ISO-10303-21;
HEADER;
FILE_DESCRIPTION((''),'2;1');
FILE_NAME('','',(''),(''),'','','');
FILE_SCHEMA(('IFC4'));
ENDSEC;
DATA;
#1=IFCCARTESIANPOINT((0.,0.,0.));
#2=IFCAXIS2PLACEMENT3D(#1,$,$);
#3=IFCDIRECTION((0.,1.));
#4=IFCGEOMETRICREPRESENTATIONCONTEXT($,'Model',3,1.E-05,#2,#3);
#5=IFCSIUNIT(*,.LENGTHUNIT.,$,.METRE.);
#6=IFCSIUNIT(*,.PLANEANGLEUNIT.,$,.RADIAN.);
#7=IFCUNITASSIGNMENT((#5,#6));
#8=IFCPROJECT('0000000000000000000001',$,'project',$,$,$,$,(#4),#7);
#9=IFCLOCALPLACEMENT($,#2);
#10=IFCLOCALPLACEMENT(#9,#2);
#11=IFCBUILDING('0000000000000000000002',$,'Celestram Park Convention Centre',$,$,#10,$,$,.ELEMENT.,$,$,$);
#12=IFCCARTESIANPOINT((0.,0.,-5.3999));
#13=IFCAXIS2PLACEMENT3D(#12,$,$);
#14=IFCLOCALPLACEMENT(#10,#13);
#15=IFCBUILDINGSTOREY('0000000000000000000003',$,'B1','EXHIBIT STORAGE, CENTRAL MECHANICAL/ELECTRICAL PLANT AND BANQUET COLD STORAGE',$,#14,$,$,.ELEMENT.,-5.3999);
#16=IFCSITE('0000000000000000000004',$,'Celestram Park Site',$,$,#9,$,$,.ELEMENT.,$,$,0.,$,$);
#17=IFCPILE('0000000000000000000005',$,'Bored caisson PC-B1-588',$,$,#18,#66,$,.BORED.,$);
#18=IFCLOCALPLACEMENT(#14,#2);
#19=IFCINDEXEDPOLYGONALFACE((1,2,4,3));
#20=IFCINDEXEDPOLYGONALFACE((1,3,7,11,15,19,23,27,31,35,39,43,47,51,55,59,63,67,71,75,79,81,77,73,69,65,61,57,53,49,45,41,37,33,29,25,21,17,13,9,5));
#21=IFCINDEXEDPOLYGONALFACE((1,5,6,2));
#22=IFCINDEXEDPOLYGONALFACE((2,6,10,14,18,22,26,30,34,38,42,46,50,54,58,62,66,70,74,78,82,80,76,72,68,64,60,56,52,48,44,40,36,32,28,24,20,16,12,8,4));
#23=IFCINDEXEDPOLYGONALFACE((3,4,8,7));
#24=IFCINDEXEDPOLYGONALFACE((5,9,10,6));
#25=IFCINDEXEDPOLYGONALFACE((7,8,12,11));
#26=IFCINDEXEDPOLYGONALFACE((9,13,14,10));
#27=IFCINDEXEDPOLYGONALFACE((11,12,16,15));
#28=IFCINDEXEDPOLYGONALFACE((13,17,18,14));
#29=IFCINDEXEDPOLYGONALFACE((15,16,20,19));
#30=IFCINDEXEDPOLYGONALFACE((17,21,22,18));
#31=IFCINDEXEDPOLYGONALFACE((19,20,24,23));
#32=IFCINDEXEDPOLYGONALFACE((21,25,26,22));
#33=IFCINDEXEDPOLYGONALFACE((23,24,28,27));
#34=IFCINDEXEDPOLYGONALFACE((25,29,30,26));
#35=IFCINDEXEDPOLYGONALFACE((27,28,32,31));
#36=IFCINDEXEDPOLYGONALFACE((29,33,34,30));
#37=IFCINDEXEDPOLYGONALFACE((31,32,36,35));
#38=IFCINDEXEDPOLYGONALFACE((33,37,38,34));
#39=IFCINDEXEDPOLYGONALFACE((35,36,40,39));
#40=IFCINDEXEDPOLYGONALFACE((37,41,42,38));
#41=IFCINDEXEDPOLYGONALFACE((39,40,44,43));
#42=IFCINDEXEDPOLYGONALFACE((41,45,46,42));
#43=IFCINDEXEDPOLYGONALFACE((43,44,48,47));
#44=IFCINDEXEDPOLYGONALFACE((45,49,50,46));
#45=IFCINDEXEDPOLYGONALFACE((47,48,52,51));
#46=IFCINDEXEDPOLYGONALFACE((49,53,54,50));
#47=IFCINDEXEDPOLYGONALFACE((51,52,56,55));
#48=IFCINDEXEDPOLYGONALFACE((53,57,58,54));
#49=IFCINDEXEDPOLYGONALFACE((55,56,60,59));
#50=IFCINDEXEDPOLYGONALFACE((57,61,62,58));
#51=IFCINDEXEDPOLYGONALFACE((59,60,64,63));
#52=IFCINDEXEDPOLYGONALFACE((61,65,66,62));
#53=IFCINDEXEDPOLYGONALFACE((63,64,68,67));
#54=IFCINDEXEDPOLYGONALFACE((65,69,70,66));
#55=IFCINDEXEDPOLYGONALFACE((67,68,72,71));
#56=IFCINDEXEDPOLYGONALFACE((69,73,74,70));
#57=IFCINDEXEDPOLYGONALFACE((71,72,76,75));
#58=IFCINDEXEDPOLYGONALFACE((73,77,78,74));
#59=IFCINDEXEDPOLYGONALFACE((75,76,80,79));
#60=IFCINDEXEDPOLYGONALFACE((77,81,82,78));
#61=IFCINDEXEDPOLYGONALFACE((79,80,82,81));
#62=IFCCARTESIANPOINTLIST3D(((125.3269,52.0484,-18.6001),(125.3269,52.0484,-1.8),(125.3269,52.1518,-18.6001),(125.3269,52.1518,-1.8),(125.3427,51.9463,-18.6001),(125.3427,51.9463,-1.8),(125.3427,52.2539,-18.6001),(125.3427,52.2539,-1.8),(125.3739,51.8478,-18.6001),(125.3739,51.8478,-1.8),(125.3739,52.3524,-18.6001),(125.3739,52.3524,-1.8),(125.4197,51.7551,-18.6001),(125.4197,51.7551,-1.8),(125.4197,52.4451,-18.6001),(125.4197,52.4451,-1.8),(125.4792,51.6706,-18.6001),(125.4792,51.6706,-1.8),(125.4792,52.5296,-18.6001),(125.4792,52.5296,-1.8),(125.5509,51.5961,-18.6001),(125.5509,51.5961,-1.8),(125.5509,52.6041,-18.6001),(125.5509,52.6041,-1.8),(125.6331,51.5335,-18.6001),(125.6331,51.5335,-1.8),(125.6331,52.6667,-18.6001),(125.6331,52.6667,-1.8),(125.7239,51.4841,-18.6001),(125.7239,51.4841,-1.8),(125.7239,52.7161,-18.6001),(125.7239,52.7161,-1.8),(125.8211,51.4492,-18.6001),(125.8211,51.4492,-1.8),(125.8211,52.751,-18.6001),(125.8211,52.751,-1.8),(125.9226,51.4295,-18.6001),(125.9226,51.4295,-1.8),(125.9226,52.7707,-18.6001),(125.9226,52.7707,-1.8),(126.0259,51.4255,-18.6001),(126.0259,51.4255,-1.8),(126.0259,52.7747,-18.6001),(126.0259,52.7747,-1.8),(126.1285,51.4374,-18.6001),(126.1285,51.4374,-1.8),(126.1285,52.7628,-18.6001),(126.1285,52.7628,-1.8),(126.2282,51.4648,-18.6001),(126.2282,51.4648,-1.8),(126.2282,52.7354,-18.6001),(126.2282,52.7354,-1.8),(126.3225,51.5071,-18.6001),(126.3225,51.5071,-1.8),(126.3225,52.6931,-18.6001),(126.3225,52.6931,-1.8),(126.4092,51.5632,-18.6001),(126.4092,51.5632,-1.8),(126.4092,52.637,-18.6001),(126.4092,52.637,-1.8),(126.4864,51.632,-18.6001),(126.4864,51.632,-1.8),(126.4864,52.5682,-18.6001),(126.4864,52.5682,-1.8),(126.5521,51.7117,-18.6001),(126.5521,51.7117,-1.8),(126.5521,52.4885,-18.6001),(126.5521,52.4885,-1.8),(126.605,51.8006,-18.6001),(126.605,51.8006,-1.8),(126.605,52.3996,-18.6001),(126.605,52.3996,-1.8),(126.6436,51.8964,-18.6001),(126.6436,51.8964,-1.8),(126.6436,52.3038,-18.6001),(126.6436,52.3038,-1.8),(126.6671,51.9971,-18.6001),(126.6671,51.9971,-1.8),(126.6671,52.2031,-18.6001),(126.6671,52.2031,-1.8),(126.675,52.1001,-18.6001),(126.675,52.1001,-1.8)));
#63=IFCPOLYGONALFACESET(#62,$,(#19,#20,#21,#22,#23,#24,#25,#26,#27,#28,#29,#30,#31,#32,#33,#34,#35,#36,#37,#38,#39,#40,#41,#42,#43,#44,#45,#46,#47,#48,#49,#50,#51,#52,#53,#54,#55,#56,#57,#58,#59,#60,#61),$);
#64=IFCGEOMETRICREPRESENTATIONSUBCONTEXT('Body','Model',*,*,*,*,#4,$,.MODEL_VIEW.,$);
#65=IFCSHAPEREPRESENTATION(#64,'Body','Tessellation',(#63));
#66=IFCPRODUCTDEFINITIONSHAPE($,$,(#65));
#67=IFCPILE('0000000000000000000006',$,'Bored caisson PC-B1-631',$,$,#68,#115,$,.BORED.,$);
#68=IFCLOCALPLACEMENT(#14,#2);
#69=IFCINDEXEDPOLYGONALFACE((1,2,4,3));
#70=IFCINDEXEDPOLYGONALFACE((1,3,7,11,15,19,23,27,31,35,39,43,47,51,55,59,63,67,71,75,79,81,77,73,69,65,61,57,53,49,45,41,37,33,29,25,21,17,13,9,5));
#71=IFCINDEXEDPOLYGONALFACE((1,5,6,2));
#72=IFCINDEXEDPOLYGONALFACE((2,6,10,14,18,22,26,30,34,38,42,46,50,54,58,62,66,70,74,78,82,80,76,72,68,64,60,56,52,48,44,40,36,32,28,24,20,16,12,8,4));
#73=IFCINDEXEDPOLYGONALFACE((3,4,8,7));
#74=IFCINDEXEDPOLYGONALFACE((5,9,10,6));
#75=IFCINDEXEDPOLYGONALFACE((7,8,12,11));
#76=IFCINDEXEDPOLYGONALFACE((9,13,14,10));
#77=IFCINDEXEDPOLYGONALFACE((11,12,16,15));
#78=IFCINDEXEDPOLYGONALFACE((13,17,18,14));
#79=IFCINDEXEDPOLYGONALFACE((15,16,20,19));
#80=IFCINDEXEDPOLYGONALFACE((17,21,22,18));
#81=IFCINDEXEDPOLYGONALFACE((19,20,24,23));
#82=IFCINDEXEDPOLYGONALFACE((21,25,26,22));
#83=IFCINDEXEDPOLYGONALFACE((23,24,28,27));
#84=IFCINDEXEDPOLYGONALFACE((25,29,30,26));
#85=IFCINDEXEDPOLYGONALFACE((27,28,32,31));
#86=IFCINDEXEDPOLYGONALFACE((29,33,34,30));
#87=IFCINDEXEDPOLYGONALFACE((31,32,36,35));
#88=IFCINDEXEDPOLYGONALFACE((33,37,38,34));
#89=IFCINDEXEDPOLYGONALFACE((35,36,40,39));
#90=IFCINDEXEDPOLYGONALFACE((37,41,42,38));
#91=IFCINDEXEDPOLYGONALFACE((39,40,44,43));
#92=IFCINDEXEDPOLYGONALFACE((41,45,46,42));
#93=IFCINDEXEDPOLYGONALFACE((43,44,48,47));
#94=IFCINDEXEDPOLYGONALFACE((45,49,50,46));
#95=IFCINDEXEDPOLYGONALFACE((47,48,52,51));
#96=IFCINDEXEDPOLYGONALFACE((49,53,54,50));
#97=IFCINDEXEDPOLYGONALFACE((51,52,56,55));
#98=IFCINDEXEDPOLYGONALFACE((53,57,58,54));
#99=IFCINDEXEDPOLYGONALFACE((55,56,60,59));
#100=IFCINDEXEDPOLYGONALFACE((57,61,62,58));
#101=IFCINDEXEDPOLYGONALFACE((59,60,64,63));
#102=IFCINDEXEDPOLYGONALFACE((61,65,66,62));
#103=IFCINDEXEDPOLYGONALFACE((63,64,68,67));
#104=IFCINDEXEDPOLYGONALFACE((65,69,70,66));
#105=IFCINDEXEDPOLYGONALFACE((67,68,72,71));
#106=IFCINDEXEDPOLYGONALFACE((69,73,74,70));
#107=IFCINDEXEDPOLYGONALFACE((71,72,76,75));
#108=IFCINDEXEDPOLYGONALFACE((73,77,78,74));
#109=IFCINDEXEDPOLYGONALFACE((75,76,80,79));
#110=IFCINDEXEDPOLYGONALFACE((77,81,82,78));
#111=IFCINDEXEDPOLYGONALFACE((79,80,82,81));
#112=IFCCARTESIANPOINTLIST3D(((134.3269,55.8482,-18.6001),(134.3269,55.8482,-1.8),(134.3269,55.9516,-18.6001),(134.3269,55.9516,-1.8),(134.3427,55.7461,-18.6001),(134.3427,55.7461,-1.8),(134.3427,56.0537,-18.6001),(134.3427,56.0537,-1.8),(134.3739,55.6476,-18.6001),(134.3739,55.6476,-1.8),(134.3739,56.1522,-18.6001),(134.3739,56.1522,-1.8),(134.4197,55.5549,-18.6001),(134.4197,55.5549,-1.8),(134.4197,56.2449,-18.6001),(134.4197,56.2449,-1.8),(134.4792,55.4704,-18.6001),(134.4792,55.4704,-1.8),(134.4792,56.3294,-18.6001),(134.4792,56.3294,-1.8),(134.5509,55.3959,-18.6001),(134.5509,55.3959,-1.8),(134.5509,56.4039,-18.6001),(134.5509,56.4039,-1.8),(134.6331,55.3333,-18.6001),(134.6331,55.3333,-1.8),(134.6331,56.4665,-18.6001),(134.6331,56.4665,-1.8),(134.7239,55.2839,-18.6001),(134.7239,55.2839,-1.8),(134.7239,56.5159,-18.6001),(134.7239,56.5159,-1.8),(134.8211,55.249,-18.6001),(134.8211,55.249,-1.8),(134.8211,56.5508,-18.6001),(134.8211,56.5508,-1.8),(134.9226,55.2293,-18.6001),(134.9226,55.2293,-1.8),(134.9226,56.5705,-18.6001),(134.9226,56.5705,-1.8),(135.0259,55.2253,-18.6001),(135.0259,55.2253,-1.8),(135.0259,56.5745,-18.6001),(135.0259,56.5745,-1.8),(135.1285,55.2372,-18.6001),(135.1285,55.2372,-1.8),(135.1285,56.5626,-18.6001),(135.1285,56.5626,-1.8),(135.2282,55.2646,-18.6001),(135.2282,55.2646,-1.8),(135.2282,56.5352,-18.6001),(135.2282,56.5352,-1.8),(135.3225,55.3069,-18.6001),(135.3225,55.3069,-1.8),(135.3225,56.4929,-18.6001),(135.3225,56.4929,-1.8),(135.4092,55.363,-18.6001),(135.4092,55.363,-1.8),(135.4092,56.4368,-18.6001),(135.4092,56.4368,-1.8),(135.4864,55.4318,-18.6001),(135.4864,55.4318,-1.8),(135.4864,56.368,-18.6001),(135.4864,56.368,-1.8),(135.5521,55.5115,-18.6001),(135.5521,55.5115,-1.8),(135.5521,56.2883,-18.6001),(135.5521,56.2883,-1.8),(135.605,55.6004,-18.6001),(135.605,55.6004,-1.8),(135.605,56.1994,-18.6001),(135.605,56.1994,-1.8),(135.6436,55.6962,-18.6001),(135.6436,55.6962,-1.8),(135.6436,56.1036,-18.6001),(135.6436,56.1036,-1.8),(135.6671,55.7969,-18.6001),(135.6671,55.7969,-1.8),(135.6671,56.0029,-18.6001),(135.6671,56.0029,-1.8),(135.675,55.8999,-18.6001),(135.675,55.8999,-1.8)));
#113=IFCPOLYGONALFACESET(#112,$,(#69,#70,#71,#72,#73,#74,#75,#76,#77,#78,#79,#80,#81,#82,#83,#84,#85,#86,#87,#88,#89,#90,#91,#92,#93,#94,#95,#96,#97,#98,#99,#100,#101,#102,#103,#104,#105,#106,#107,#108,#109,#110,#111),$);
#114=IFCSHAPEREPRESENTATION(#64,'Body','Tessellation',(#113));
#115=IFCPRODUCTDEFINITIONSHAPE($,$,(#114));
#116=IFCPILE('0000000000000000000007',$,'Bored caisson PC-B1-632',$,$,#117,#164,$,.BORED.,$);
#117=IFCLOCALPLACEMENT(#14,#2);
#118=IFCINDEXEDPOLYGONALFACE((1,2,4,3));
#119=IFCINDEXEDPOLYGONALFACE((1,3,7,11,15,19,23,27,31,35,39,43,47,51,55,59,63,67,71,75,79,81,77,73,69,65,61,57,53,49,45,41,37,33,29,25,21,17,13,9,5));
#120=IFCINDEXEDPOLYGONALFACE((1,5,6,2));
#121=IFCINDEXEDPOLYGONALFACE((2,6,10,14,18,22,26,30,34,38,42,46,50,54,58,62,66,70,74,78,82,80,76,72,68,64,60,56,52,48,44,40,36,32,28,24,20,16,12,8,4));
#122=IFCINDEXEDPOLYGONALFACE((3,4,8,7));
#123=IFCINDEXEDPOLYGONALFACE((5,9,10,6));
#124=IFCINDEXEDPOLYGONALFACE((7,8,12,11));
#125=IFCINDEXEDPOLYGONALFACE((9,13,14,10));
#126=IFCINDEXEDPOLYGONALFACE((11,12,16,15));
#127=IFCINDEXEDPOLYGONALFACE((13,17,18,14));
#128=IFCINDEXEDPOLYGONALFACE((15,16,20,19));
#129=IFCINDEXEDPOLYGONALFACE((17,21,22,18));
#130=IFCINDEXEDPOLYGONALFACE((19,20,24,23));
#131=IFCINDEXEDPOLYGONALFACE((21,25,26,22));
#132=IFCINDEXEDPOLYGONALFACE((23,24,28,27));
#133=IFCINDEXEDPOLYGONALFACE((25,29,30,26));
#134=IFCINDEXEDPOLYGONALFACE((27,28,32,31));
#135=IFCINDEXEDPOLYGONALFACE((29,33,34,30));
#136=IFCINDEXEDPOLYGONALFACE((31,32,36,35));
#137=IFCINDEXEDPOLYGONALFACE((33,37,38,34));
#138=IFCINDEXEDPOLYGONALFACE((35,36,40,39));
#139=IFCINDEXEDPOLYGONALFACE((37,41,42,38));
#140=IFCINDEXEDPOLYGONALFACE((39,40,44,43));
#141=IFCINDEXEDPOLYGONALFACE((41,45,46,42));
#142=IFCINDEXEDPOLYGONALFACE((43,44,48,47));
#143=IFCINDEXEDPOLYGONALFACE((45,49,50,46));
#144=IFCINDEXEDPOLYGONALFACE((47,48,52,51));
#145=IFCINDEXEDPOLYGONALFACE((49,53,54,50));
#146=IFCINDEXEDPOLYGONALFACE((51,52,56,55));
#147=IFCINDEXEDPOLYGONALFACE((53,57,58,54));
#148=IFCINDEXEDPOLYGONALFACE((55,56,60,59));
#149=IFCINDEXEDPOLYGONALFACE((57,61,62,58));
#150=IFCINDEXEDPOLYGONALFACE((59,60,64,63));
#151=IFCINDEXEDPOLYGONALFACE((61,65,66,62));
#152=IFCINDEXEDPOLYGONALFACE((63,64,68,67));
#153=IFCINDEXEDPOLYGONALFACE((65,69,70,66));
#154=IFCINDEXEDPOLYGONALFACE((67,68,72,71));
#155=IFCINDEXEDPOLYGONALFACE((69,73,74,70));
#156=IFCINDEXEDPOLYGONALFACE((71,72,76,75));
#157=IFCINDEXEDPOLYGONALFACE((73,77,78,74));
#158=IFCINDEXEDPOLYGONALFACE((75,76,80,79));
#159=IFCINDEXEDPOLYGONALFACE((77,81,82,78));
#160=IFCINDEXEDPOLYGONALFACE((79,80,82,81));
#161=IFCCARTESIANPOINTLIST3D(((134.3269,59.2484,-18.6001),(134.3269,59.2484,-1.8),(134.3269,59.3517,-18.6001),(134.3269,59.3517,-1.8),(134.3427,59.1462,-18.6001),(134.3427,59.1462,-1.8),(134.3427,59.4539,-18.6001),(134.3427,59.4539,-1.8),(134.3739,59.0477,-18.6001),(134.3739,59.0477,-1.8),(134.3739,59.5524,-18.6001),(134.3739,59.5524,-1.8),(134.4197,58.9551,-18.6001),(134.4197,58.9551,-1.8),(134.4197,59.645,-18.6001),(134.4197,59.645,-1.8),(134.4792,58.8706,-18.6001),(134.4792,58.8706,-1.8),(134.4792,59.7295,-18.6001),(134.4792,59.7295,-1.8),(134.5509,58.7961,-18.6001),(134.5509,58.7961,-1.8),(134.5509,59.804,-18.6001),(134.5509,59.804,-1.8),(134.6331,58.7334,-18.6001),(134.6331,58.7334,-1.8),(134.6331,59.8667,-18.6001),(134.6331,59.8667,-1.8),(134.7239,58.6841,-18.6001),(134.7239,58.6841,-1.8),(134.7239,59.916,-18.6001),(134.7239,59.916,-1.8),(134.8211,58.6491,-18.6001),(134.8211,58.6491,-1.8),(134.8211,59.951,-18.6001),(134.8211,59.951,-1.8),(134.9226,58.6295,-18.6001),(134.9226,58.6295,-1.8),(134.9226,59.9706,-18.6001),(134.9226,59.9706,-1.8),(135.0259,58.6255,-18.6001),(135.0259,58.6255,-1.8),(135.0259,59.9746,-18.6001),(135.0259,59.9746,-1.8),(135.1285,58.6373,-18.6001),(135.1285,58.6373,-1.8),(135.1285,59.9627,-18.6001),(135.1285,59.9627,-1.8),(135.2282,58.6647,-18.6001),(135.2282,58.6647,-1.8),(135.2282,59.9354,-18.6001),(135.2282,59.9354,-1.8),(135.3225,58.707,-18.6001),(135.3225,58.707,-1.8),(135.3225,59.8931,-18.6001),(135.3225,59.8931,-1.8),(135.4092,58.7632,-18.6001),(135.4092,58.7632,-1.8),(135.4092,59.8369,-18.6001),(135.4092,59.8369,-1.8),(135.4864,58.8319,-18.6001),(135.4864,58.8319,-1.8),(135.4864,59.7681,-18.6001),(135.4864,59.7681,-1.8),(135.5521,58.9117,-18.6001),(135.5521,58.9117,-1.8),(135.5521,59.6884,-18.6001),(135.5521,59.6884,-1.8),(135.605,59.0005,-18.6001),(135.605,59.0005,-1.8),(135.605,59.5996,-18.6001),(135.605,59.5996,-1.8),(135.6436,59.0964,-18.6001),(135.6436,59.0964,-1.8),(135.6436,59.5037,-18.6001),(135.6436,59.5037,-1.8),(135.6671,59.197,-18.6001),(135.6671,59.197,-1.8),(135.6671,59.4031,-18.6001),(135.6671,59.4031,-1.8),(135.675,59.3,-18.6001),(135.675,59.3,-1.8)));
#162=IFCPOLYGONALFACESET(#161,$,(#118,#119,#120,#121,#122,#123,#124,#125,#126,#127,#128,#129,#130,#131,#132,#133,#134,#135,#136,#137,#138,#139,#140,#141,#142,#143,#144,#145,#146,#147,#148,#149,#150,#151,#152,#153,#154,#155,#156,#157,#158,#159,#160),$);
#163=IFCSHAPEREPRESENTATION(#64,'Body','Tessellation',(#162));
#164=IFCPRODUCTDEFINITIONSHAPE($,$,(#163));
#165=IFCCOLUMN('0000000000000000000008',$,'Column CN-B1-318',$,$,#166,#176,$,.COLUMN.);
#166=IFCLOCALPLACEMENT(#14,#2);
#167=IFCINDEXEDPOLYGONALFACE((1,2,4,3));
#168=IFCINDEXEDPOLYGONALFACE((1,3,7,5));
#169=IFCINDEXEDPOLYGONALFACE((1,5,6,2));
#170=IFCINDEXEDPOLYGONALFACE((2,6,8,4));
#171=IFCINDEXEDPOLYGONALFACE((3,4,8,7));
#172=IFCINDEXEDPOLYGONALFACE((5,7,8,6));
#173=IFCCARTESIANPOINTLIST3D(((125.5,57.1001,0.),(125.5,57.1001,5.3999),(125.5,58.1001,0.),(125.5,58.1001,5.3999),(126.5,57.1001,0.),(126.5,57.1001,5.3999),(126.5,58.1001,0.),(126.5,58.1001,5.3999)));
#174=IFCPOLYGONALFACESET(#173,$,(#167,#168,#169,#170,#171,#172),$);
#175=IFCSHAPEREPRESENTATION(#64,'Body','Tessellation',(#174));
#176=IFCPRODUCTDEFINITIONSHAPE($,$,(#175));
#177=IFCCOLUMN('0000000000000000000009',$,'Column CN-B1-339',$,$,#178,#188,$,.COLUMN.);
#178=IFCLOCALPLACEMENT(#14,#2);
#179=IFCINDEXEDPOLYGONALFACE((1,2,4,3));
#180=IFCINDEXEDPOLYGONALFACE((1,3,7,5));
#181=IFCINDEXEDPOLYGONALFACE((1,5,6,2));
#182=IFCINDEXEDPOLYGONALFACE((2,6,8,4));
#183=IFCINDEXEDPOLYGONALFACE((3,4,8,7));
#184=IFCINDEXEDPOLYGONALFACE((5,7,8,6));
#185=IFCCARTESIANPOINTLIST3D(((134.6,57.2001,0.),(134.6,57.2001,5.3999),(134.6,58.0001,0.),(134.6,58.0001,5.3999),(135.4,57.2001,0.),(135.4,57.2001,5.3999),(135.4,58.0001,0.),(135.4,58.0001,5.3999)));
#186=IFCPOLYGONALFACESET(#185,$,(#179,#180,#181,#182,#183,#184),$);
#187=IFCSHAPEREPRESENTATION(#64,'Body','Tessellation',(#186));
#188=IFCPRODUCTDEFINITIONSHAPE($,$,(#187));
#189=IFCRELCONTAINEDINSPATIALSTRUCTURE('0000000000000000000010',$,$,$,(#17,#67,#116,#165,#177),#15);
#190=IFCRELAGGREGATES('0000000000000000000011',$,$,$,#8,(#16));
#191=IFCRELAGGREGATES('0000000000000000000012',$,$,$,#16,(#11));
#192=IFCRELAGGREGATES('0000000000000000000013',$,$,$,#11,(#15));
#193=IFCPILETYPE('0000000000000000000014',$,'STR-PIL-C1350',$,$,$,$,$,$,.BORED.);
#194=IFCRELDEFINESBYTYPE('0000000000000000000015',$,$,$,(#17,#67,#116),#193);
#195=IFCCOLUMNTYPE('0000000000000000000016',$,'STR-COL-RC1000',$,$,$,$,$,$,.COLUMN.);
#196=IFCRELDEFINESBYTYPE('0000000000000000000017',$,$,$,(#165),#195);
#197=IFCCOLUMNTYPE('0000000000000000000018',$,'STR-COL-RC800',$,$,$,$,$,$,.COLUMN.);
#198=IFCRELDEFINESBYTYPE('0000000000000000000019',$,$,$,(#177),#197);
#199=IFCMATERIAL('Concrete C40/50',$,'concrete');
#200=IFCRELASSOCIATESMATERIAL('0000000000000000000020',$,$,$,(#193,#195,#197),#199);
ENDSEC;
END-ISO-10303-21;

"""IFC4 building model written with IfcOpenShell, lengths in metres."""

from ifc_helpers import new_model, si_unit, direction, frame, origin, origin_2d, place, context, subcontext, project, spatial, rectangle, circle, extrude, material, material_profile, profile_set, type_object, element, save


model = new_model("IFC4")

# Units and contexts
model_context = context("Model", 3, precision=1e-05, world=origin(), true_north=direction((0.0, 1.0)))
body_context = subcontext(model_context, "Body", "Model", "MODEL_VIEW")
ifc_project = project(units=[si_unit("LENGTHUNIT", "METRE"), si_unit("PLANEANGLEUNIT", "RADIAN")], contexts=[model_context])

# Site, building, storey
site_placement = place(None, origin())
site = spatial("IfcSite", under=ifc_project, at=site_placement, Name="Celestram Park Site", CompositionType="ELEMENT", RefElevation=0.0)
building_placement = place(site_placement, origin())
building = spatial("IfcBuilding", under=site, at=building_placement, Name="Celestram Park Convention Centre", CompositionType="ELEMENT")
storey_placement = place(building_placement, frame((0.0, 0.0, -5.3999)))
storey = spatial("IfcBuildingStorey", under=building, at=storey_placement, Name="B1", Description="EXHIBIT STORAGE, CENTRAL MECHANICAL/ELECTRICAL PLANT AND BANQUET COLD STORAGE", CompositionType="ELEMENT", Elevation=-5.3999)

# Shared definitions
ifc_material_1 = material(Name="Concrete C40/50", Category="concrete")

# Piles
ifc_material_profile_1 = material_profile(ifc_material_1, circle(Radius=0.675, at=origin_2d()), Name="CAISSON1350")
ifc_profile_set_1 = profile_set([ifc_material_profile_1], Name="Concrete C40/50")
pile_type_1 = type_object("IfcPileType", Name="STR-PIL-C1350", PredefinedType="BORED", material=ifc_profile_set_1)
for number, where, z_axis, x_axis, name in (
    (1, (126.0, 52.1001, -1.8), (0.0, 0.0, -1.0), (1.0, 0.0, 0.0), "Bored caisson PC-B1-588"),
    (2, (135.0, 55.8999, -1.8), (0.0, 0.0, -1.0), (1.0, 0.0, 0.0), "Bored caisson PC-B1-631"),
    (3, (135.0, 59.3, -1.8), (0.0, 0.0, -1.0), (1.0, 0.0, 0.0), "Bored caisson PC-B1-632"),
):
    element("IfcPile", number, at=place(storey_placement, frame(where, z_axis=z_axis, x_axis=x_axis)), inside=storey, type_object=pile_type_1, Name=name, PredefinedType="BORED", context=body_context, shape_type="SweptSolid", body=[
        extrude(circle(Radius=0.675, at=origin_2d()), origin(), (0.0, 0.0, 1.0), 16.8),
    ])

# Columns
ifc_material_profile_2 = material_profile(ifc_material_1, rectangle(XDim=1.0, YDim=1.0, at=origin_2d()), Name="RC1000X1000")
ifc_profile_set_2 = profile_set([ifc_material_profile_2], Name="Concrete C40/50")
column_type_1 = type_object("IfcColumnType", Name="STR-COL-RC1000", PredefinedType="COLUMN", material=ifc_profile_set_2)
column_1_placement = place(storey_placement, frame((126.0, 57.6001, 0.0), z_axis=(0.0, 0.0, 1.0), x_axis=(1.0, 0.0, 0.0)))
element("IfcColumn", 4, at=column_1_placement, inside=storey, type_object=column_type_1, Name="Column CN-B1-318", PredefinedType="COLUMN", context=body_context, shape_type="SweptSolid", body=[
    extrude(rectangle(XDim=1.0, YDim=1.0, at=origin_2d()), origin(), (0.0, 0.0, 1.0), 5.3999),
])
ifc_material_profile_3 = material_profile(ifc_material_1, rectangle(XDim=0.8, YDim=0.8, at=origin_2d()), Name="RC800X800")
ifc_profile_set_3 = profile_set([ifc_material_profile_3], Name="Concrete C40/50")
column_type_2 = type_object("IfcColumnType", Name="STR-COL-RC800", PredefinedType="COLUMN", material=ifc_profile_set_3)
column_2_placement = place(storey_placement, frame((135.0, 57.6001, 0.0), z_axis=(0.0, 0.0, 1.0), x_axis=(1.0, 0.0, 0.0)))
element("IfcColumn", 5, at=column_2_placement, inside=storey, type_object=column_type_2, Name="Column CN-B1-339", PredefinedType="COLUMN", context=body_context, shape_type="SweptSolid", body=[
    extrude(rectangle(XDim=0.8, YDim=0.8, at=origin_2d()), origin(), (0.0, 0.0, 1.0), 5.3999),
])

save(model, "model.ifc")
